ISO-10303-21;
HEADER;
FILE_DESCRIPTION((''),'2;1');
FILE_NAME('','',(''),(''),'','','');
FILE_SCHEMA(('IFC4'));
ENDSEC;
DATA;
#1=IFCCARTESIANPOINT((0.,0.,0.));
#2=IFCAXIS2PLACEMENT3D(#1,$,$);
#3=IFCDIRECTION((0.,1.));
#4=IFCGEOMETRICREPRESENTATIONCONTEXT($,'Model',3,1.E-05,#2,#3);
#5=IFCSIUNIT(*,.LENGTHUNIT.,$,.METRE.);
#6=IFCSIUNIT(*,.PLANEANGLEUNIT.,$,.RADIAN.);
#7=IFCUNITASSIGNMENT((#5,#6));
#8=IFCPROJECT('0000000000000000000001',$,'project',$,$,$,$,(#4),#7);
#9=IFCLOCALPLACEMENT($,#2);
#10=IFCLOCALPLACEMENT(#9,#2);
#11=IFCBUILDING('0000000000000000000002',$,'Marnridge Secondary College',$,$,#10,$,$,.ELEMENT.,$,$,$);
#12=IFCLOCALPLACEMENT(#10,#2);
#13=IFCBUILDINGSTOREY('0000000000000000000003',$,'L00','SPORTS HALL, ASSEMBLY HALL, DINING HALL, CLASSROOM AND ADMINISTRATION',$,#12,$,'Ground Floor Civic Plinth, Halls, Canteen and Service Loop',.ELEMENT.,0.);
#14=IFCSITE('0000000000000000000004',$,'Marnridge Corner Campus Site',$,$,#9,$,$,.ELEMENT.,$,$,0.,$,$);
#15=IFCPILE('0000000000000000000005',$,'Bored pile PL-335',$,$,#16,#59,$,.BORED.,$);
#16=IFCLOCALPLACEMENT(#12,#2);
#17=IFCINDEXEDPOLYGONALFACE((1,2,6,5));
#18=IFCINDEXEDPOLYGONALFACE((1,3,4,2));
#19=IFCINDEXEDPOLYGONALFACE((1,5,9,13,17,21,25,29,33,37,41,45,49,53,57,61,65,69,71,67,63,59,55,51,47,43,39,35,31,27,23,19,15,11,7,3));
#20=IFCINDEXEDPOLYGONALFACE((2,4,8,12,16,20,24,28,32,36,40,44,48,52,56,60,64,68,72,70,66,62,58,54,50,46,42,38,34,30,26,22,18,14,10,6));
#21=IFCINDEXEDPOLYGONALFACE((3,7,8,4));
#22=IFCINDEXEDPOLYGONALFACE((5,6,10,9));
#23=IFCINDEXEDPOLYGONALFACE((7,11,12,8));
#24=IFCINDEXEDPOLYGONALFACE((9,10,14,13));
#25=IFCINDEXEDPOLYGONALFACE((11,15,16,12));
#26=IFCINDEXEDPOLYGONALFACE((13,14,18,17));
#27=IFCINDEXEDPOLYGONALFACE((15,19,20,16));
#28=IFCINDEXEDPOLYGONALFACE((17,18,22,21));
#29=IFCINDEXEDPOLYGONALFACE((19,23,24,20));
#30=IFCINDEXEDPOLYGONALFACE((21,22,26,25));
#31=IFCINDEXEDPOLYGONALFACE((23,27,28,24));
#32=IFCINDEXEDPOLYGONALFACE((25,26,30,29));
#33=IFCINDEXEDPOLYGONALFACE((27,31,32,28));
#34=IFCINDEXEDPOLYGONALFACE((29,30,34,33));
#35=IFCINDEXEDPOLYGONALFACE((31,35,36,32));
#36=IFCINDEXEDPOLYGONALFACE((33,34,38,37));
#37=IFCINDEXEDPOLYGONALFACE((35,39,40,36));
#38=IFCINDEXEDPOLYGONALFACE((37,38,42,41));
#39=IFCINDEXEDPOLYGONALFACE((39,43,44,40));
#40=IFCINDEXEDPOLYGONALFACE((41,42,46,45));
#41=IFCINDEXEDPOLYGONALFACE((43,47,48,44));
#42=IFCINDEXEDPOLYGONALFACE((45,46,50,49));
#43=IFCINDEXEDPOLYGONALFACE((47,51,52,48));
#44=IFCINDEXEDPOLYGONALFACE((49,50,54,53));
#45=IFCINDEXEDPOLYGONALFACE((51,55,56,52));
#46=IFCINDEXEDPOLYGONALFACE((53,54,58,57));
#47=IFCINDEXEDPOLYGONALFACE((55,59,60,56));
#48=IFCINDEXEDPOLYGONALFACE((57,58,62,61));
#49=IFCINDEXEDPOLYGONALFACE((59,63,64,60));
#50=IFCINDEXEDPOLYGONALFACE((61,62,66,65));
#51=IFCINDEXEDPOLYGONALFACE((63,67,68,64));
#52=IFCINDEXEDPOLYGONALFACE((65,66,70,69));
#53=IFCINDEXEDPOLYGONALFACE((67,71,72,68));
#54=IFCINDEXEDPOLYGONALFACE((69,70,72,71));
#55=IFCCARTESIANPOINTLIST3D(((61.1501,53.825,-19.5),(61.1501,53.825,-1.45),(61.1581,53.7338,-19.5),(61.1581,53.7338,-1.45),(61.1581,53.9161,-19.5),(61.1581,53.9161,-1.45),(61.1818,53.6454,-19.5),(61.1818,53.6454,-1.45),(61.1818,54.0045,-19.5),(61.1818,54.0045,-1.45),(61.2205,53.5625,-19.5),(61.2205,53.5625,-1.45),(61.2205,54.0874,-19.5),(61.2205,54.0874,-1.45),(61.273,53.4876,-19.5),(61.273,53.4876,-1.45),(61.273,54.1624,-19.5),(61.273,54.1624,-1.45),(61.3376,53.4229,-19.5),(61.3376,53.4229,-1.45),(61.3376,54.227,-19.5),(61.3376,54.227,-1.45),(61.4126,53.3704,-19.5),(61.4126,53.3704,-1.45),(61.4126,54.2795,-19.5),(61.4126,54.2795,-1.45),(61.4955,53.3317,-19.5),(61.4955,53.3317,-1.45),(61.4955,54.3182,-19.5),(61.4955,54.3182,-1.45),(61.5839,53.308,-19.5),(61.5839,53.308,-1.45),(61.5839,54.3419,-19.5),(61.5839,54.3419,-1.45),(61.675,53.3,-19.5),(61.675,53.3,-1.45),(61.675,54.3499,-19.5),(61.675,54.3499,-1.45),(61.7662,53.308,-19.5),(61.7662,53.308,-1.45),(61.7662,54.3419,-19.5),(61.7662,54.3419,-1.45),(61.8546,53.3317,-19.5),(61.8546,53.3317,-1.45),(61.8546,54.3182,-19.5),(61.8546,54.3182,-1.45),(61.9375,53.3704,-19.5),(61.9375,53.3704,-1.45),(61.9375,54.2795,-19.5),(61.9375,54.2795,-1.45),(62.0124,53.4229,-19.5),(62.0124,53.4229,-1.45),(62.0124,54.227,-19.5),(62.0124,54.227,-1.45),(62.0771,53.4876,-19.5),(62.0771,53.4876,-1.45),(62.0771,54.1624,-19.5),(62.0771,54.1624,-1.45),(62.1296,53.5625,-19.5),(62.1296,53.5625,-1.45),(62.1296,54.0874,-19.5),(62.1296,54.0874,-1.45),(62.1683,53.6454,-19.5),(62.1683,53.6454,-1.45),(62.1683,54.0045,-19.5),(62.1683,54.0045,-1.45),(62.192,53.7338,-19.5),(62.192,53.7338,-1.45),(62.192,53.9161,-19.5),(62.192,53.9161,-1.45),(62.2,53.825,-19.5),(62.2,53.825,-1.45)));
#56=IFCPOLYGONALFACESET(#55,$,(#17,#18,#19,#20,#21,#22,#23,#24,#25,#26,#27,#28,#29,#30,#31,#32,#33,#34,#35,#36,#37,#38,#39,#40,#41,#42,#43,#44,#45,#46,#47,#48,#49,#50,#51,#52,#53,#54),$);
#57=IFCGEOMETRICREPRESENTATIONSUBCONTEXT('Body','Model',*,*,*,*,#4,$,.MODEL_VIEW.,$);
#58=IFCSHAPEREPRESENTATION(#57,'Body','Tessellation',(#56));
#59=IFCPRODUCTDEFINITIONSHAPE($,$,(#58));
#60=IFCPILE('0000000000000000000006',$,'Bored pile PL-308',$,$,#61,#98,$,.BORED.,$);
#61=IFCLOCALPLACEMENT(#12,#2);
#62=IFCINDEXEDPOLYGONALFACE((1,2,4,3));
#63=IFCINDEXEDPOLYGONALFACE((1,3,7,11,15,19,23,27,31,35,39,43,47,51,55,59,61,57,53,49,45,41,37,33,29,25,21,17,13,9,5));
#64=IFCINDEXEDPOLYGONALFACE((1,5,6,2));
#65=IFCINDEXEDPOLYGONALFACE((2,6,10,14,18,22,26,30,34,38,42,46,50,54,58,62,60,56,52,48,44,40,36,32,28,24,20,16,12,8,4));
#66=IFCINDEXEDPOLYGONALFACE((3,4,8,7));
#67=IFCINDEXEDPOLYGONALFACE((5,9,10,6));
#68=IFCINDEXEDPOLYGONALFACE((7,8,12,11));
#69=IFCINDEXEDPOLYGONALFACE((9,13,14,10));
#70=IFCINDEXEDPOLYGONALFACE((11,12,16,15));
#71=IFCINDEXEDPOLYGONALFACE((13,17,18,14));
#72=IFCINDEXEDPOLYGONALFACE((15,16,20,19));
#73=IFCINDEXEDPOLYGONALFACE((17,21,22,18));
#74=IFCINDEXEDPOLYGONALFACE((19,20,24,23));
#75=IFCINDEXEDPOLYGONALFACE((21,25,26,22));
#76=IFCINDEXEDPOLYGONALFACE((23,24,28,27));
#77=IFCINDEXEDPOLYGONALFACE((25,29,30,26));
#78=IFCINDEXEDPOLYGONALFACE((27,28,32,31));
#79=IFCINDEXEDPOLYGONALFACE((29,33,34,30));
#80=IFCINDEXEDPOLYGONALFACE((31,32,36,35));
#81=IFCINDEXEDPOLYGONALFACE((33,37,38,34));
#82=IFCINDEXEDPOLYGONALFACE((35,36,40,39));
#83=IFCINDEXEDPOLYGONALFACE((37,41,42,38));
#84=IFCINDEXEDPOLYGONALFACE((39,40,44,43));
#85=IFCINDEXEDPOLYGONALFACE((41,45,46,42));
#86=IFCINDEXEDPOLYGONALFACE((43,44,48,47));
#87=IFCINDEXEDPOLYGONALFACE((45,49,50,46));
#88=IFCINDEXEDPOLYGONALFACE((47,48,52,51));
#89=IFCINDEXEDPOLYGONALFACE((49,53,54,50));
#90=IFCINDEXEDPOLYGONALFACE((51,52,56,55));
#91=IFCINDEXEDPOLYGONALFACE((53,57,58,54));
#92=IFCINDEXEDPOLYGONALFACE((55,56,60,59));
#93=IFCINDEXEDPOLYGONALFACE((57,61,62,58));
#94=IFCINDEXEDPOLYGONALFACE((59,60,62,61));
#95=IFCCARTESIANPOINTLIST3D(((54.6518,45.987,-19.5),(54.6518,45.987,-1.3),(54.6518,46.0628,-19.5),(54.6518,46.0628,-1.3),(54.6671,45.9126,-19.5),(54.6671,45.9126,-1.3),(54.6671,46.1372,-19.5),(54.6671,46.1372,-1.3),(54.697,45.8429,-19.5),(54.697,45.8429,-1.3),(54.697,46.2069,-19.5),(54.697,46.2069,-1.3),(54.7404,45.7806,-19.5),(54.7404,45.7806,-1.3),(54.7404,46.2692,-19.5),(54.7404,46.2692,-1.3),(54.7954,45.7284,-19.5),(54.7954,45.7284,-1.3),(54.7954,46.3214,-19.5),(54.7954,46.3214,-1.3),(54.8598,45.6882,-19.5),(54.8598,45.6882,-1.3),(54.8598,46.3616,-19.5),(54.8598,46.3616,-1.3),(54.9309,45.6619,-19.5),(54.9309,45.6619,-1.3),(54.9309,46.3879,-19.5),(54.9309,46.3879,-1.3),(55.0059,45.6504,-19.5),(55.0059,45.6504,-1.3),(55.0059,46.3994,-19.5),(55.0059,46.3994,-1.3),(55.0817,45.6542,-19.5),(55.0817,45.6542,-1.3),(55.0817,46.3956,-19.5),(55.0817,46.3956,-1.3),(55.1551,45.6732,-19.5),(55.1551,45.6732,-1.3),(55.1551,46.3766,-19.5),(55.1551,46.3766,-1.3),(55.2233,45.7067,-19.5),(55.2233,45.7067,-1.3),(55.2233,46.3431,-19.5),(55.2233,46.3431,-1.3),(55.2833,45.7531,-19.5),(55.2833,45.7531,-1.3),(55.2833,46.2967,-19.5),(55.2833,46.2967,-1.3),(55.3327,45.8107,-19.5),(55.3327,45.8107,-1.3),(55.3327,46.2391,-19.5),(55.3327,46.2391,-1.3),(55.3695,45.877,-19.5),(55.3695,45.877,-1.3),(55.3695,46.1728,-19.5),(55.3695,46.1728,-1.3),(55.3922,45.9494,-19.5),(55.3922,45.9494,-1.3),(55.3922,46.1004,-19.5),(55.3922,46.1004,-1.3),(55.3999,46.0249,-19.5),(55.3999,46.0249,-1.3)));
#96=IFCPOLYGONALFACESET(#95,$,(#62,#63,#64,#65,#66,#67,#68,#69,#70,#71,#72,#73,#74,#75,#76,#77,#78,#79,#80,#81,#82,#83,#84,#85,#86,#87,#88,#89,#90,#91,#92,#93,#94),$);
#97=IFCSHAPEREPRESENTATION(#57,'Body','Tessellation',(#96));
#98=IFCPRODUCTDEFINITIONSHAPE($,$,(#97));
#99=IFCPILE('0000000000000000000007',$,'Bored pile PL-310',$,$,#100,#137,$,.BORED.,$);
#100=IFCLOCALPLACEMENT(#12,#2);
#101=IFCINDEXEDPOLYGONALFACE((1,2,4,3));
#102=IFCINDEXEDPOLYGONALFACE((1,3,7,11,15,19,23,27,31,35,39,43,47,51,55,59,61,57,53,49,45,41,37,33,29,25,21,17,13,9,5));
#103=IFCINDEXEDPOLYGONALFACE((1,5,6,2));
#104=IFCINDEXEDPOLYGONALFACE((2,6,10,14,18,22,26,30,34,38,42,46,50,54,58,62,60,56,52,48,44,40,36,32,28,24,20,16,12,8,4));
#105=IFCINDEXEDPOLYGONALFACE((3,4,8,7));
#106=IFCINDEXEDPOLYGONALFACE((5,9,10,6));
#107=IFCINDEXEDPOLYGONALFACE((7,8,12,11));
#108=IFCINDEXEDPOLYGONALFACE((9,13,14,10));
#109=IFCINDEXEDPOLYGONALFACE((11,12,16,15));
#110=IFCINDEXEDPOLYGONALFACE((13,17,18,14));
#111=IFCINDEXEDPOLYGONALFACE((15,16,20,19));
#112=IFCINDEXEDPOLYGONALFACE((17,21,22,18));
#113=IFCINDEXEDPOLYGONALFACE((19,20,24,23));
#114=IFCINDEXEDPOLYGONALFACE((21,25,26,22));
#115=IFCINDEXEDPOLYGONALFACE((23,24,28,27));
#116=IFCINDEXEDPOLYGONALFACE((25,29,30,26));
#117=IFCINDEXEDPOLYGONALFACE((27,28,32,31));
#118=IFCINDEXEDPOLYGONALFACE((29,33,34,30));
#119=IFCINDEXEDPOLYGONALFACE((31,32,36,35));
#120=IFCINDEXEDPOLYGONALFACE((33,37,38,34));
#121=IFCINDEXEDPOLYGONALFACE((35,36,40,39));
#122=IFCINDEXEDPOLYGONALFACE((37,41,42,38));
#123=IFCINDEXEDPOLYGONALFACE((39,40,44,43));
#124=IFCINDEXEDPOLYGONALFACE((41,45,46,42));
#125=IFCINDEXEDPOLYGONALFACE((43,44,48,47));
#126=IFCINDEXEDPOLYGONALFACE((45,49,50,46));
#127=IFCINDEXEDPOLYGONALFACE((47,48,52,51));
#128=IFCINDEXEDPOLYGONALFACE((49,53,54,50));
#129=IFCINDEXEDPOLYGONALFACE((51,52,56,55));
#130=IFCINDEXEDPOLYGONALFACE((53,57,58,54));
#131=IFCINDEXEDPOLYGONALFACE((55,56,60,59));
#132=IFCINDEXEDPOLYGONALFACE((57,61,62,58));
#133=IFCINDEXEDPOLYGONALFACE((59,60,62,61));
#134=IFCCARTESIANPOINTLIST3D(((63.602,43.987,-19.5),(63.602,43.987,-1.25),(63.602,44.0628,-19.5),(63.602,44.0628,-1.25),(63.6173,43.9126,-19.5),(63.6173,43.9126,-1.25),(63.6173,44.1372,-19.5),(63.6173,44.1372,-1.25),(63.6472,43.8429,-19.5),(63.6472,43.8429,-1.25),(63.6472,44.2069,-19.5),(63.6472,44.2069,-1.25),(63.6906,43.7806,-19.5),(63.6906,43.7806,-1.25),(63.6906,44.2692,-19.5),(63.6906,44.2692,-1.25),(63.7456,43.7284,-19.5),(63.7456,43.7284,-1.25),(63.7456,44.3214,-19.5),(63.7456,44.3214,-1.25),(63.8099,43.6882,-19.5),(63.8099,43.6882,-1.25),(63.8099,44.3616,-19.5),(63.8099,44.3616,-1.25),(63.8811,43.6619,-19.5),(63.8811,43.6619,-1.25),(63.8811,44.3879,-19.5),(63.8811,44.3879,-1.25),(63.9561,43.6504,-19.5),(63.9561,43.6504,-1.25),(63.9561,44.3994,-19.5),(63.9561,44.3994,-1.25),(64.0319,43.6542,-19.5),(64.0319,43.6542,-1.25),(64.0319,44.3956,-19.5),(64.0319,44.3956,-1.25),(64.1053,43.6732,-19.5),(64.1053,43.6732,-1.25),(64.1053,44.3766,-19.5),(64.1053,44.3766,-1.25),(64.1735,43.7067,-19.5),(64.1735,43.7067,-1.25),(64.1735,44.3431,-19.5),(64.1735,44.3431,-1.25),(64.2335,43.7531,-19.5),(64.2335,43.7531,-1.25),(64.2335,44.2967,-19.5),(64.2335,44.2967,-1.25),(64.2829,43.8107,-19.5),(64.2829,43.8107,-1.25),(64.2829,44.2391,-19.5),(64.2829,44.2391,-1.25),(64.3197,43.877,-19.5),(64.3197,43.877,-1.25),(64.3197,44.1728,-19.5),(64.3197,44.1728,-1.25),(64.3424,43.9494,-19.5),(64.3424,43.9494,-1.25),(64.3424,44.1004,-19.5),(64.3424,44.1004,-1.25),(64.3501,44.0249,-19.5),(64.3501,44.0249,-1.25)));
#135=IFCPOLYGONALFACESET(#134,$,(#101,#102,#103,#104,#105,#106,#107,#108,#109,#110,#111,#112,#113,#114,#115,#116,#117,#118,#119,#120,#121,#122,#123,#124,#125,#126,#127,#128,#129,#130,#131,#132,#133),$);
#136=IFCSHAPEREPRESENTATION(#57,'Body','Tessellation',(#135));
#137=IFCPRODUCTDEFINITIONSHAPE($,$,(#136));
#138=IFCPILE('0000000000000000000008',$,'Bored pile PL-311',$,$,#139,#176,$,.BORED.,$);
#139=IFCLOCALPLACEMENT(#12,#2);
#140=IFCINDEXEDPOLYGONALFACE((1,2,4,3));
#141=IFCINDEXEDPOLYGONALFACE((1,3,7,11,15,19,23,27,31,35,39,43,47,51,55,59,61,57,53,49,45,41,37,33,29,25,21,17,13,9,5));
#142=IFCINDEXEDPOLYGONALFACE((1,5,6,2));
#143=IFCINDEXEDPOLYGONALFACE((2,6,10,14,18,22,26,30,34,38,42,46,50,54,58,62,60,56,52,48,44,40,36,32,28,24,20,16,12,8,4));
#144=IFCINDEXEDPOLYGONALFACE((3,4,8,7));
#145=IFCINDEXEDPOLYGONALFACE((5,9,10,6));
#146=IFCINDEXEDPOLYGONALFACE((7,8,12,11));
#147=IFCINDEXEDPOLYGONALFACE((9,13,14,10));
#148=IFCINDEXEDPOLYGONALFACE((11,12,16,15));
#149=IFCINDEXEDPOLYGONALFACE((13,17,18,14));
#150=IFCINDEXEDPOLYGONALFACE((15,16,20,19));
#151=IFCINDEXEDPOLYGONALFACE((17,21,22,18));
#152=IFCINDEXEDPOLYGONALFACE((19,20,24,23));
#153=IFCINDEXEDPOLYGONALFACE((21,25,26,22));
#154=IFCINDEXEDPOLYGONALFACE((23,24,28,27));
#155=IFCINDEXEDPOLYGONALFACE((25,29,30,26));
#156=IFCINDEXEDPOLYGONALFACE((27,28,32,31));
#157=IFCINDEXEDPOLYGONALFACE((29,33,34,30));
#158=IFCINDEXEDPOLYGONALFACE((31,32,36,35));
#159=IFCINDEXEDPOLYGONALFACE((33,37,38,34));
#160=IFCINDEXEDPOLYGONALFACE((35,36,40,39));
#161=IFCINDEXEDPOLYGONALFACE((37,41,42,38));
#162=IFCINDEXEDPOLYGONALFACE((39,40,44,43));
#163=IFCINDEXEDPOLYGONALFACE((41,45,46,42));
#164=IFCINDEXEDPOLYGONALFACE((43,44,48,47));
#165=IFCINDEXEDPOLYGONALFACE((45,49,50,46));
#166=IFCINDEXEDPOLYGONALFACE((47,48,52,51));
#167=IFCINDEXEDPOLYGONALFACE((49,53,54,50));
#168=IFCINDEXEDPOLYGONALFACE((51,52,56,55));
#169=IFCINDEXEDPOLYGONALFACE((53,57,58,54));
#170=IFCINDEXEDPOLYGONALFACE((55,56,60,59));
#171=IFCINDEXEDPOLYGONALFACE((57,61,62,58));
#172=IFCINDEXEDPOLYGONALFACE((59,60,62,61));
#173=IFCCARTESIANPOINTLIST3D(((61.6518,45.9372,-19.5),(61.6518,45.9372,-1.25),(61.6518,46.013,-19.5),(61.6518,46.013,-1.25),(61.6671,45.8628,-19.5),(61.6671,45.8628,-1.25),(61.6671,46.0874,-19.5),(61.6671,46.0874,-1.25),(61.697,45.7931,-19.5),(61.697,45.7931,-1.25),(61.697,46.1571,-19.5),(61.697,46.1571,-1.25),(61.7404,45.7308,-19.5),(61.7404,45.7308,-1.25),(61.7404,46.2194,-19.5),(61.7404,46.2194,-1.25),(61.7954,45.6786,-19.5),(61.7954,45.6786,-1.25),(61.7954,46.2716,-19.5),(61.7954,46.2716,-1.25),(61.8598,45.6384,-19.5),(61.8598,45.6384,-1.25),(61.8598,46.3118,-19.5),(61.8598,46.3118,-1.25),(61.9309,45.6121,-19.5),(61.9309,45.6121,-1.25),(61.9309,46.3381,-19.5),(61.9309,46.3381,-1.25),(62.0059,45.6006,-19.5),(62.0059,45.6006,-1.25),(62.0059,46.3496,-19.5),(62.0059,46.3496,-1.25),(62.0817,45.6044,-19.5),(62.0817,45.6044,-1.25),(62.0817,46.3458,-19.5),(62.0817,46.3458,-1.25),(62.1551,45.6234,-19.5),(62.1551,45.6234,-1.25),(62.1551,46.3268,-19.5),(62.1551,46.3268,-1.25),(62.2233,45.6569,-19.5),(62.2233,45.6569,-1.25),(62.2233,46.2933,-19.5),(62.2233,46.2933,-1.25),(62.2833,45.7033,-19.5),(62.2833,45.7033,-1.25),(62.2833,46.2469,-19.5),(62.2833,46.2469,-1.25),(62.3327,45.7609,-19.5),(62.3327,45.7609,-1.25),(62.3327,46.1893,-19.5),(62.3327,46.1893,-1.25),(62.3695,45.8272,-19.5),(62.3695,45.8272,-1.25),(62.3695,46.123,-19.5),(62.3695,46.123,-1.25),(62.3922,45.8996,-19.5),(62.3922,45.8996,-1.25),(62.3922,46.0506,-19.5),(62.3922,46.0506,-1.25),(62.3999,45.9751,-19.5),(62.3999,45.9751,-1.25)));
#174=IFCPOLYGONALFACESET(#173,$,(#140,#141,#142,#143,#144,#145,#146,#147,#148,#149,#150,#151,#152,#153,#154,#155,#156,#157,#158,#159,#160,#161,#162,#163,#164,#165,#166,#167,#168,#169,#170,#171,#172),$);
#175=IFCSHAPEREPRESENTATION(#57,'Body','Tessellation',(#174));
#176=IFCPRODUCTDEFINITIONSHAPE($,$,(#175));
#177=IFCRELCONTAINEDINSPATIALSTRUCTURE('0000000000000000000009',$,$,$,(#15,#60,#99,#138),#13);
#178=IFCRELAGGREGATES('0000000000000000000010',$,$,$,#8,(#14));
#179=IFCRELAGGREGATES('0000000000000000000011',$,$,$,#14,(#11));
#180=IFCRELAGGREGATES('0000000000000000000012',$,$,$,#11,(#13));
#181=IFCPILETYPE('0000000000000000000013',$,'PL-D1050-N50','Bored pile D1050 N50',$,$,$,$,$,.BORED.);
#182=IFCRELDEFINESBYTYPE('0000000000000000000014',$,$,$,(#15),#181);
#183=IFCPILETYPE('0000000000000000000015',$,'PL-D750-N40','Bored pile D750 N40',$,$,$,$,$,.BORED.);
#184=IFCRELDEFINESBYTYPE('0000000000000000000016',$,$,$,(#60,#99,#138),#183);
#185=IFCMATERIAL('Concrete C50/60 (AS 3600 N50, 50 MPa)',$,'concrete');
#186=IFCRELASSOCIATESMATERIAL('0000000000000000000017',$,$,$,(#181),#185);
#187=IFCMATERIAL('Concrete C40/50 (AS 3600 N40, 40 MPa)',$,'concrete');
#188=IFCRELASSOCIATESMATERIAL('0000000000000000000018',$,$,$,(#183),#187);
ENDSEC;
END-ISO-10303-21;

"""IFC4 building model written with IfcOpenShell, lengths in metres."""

from ifc_helpers import new_model, si_unit, direction, frame, origin, origin_2d, place, context, subcontext, project, spatial, circle, extrude, material, material_profile, profile_set, type_object, element, save


model = new_model("IFC4")

# Units and contexts
model_context = context("Model", 3, precision=1e-05, world=origin(), true_north=direction((0.0, 1.0)))
body_context = subcontext(model_context, "Body", "Model", "MODEL_VIEW")
ifc_project = project(units=[si_unit("LENGTHUNIT", "METRE"), si_unit("PLANEANGLEUNIT", "RADIAN")], contexts=[model_context])

# Site, building, storey
site_placement = place(None, origin())
site = spatial("IfcSite", under=ifc_project, at=site_placement, Name="Marnridge Corner Campus Site", CompositionType="ELEMENT", RefElevation=0.0)
building_placement = place(site_placement, origin())
building = spatial("IfcBuilding", under=site, at=building_placement, Name="Marnridge Secondary College", CompositionType="ELEMENT")
storey_placement = place(building_placement, origin())
storey = spatial("IfcBuildingStorey", under=building, at=storey_placement, Name="L00", Description="SPORTS HALL, ASSEMBLY HALL, DINING HALL, CLASSROOM AND ADMINISTRATION", LongName="Ground Floor Civic Plinth, Halls, Canteen and Service Loop", CompositionType="ELEMENT", Elevation=0.0)

# Piles
ifc_material_1 = material(Name="Concrete C50/60 (AS 3600 N50, 50 MPa)", Category="concrete")
ifc_material_profile_1 = material_profile(ifc_material_1, circle(Radius=0.5249, at=origin_2d()), Name="PILE D1050")
ifc_profile_set_1 = profile_set([ifc_material_profile_1], Name="Concrete C50/60 (AS 3600 N50, 50 MPa)")
pile_type_1 = type_object("IfcPileType", Name="PL-D1050-N50", Description="Bored pile D1050 N50", PredefinedType="BORED", material=ifc_profile_set_1)
for number, where, z_axis, x_axis, name in (
    (1, (61.675, 53.825, -1.45), (0.0, 0.0, -1.0), (1.0, 0.0, 0.0), "Bored pile PL-335"),
):
    element("IfcPile", number, at=place(storey_placement, frame(where, z_axis=z_axis, x_axis=x_axis)), inside=storey, type_object=pile_type_1, Name=name, PredefinedType="BORED", context=body_context, shape_type="SweptSolid", body=[
        extrude(circle(Radius=0.5249, at=origin_2d()), origin(), (0.0, 0.0, 1.0), 18.05),
    ])
ifc_material_2 = material(Name="Concrete C40/50 (AS 3600 N40, 40 MPa)", Category="concrete")
ifc_material_profile_2 = material_profile(ifc_material_2, circle(Radius=0.375, at=origin_2d()), Name="PILE D750")
ifc_profile_set_2 = profile_set([ifc_material_profile_2], Name="Concrete C40/50 (AS 3600 N40, 40 MPa)")
pile_type_2 = type_object("IfcPileType", Name="PL-D750-N40", Description="Bored pile D750 N40", PredefinedType="BORED", material=ifc_profile_set_2)
pile_placement = place(storey_placement, frame((55.0249, 46.0249, -1.3), z_axis=(0.0, 0.0, -1.0), x_axis=(1.0, 0.0, 0.0)))
element("IfcPile", 2, at=pile_placement, inside=storey, type_object=pile_type_2, Name="Bored pile PL-308", PredefinedType="BORED", context=body_context, shape_type="SweptSolid", body=[
    extrude(circle(Radius=0.375, at=origin_2d()), origin(), (0.0, 0.0, 1.0), 18.2),
])
for number, where, z_axis, x_axis, name in (
    (3, (63.9751, 44.0249, -1.25), (0.0, 0.0, -1.0), (1.0, 0.0, 0.0), "Bored pile PL-310"),
    (4, (62.0249, 45.9751, -1.25), (0.0, 0.0, -1.0), (1.0, 0.0, 0.0), "Bored pile PL-311"),
):
    element("IfcPile", number, at=place(storey_placement, frame(where, z_axis=z_axis, x_axis=x_axis)), inside=storey, type_object=pile_type_2, Name=name, PredefinedType="BORED", context=body_context, shape_type="SweptSolid", body=[
        extrude(circle(Radius=0.375, at=origin_2d()), origin(), (0.0, 0.0, 1.0), 18.25),
    ])

save(model, "model.ifc")
